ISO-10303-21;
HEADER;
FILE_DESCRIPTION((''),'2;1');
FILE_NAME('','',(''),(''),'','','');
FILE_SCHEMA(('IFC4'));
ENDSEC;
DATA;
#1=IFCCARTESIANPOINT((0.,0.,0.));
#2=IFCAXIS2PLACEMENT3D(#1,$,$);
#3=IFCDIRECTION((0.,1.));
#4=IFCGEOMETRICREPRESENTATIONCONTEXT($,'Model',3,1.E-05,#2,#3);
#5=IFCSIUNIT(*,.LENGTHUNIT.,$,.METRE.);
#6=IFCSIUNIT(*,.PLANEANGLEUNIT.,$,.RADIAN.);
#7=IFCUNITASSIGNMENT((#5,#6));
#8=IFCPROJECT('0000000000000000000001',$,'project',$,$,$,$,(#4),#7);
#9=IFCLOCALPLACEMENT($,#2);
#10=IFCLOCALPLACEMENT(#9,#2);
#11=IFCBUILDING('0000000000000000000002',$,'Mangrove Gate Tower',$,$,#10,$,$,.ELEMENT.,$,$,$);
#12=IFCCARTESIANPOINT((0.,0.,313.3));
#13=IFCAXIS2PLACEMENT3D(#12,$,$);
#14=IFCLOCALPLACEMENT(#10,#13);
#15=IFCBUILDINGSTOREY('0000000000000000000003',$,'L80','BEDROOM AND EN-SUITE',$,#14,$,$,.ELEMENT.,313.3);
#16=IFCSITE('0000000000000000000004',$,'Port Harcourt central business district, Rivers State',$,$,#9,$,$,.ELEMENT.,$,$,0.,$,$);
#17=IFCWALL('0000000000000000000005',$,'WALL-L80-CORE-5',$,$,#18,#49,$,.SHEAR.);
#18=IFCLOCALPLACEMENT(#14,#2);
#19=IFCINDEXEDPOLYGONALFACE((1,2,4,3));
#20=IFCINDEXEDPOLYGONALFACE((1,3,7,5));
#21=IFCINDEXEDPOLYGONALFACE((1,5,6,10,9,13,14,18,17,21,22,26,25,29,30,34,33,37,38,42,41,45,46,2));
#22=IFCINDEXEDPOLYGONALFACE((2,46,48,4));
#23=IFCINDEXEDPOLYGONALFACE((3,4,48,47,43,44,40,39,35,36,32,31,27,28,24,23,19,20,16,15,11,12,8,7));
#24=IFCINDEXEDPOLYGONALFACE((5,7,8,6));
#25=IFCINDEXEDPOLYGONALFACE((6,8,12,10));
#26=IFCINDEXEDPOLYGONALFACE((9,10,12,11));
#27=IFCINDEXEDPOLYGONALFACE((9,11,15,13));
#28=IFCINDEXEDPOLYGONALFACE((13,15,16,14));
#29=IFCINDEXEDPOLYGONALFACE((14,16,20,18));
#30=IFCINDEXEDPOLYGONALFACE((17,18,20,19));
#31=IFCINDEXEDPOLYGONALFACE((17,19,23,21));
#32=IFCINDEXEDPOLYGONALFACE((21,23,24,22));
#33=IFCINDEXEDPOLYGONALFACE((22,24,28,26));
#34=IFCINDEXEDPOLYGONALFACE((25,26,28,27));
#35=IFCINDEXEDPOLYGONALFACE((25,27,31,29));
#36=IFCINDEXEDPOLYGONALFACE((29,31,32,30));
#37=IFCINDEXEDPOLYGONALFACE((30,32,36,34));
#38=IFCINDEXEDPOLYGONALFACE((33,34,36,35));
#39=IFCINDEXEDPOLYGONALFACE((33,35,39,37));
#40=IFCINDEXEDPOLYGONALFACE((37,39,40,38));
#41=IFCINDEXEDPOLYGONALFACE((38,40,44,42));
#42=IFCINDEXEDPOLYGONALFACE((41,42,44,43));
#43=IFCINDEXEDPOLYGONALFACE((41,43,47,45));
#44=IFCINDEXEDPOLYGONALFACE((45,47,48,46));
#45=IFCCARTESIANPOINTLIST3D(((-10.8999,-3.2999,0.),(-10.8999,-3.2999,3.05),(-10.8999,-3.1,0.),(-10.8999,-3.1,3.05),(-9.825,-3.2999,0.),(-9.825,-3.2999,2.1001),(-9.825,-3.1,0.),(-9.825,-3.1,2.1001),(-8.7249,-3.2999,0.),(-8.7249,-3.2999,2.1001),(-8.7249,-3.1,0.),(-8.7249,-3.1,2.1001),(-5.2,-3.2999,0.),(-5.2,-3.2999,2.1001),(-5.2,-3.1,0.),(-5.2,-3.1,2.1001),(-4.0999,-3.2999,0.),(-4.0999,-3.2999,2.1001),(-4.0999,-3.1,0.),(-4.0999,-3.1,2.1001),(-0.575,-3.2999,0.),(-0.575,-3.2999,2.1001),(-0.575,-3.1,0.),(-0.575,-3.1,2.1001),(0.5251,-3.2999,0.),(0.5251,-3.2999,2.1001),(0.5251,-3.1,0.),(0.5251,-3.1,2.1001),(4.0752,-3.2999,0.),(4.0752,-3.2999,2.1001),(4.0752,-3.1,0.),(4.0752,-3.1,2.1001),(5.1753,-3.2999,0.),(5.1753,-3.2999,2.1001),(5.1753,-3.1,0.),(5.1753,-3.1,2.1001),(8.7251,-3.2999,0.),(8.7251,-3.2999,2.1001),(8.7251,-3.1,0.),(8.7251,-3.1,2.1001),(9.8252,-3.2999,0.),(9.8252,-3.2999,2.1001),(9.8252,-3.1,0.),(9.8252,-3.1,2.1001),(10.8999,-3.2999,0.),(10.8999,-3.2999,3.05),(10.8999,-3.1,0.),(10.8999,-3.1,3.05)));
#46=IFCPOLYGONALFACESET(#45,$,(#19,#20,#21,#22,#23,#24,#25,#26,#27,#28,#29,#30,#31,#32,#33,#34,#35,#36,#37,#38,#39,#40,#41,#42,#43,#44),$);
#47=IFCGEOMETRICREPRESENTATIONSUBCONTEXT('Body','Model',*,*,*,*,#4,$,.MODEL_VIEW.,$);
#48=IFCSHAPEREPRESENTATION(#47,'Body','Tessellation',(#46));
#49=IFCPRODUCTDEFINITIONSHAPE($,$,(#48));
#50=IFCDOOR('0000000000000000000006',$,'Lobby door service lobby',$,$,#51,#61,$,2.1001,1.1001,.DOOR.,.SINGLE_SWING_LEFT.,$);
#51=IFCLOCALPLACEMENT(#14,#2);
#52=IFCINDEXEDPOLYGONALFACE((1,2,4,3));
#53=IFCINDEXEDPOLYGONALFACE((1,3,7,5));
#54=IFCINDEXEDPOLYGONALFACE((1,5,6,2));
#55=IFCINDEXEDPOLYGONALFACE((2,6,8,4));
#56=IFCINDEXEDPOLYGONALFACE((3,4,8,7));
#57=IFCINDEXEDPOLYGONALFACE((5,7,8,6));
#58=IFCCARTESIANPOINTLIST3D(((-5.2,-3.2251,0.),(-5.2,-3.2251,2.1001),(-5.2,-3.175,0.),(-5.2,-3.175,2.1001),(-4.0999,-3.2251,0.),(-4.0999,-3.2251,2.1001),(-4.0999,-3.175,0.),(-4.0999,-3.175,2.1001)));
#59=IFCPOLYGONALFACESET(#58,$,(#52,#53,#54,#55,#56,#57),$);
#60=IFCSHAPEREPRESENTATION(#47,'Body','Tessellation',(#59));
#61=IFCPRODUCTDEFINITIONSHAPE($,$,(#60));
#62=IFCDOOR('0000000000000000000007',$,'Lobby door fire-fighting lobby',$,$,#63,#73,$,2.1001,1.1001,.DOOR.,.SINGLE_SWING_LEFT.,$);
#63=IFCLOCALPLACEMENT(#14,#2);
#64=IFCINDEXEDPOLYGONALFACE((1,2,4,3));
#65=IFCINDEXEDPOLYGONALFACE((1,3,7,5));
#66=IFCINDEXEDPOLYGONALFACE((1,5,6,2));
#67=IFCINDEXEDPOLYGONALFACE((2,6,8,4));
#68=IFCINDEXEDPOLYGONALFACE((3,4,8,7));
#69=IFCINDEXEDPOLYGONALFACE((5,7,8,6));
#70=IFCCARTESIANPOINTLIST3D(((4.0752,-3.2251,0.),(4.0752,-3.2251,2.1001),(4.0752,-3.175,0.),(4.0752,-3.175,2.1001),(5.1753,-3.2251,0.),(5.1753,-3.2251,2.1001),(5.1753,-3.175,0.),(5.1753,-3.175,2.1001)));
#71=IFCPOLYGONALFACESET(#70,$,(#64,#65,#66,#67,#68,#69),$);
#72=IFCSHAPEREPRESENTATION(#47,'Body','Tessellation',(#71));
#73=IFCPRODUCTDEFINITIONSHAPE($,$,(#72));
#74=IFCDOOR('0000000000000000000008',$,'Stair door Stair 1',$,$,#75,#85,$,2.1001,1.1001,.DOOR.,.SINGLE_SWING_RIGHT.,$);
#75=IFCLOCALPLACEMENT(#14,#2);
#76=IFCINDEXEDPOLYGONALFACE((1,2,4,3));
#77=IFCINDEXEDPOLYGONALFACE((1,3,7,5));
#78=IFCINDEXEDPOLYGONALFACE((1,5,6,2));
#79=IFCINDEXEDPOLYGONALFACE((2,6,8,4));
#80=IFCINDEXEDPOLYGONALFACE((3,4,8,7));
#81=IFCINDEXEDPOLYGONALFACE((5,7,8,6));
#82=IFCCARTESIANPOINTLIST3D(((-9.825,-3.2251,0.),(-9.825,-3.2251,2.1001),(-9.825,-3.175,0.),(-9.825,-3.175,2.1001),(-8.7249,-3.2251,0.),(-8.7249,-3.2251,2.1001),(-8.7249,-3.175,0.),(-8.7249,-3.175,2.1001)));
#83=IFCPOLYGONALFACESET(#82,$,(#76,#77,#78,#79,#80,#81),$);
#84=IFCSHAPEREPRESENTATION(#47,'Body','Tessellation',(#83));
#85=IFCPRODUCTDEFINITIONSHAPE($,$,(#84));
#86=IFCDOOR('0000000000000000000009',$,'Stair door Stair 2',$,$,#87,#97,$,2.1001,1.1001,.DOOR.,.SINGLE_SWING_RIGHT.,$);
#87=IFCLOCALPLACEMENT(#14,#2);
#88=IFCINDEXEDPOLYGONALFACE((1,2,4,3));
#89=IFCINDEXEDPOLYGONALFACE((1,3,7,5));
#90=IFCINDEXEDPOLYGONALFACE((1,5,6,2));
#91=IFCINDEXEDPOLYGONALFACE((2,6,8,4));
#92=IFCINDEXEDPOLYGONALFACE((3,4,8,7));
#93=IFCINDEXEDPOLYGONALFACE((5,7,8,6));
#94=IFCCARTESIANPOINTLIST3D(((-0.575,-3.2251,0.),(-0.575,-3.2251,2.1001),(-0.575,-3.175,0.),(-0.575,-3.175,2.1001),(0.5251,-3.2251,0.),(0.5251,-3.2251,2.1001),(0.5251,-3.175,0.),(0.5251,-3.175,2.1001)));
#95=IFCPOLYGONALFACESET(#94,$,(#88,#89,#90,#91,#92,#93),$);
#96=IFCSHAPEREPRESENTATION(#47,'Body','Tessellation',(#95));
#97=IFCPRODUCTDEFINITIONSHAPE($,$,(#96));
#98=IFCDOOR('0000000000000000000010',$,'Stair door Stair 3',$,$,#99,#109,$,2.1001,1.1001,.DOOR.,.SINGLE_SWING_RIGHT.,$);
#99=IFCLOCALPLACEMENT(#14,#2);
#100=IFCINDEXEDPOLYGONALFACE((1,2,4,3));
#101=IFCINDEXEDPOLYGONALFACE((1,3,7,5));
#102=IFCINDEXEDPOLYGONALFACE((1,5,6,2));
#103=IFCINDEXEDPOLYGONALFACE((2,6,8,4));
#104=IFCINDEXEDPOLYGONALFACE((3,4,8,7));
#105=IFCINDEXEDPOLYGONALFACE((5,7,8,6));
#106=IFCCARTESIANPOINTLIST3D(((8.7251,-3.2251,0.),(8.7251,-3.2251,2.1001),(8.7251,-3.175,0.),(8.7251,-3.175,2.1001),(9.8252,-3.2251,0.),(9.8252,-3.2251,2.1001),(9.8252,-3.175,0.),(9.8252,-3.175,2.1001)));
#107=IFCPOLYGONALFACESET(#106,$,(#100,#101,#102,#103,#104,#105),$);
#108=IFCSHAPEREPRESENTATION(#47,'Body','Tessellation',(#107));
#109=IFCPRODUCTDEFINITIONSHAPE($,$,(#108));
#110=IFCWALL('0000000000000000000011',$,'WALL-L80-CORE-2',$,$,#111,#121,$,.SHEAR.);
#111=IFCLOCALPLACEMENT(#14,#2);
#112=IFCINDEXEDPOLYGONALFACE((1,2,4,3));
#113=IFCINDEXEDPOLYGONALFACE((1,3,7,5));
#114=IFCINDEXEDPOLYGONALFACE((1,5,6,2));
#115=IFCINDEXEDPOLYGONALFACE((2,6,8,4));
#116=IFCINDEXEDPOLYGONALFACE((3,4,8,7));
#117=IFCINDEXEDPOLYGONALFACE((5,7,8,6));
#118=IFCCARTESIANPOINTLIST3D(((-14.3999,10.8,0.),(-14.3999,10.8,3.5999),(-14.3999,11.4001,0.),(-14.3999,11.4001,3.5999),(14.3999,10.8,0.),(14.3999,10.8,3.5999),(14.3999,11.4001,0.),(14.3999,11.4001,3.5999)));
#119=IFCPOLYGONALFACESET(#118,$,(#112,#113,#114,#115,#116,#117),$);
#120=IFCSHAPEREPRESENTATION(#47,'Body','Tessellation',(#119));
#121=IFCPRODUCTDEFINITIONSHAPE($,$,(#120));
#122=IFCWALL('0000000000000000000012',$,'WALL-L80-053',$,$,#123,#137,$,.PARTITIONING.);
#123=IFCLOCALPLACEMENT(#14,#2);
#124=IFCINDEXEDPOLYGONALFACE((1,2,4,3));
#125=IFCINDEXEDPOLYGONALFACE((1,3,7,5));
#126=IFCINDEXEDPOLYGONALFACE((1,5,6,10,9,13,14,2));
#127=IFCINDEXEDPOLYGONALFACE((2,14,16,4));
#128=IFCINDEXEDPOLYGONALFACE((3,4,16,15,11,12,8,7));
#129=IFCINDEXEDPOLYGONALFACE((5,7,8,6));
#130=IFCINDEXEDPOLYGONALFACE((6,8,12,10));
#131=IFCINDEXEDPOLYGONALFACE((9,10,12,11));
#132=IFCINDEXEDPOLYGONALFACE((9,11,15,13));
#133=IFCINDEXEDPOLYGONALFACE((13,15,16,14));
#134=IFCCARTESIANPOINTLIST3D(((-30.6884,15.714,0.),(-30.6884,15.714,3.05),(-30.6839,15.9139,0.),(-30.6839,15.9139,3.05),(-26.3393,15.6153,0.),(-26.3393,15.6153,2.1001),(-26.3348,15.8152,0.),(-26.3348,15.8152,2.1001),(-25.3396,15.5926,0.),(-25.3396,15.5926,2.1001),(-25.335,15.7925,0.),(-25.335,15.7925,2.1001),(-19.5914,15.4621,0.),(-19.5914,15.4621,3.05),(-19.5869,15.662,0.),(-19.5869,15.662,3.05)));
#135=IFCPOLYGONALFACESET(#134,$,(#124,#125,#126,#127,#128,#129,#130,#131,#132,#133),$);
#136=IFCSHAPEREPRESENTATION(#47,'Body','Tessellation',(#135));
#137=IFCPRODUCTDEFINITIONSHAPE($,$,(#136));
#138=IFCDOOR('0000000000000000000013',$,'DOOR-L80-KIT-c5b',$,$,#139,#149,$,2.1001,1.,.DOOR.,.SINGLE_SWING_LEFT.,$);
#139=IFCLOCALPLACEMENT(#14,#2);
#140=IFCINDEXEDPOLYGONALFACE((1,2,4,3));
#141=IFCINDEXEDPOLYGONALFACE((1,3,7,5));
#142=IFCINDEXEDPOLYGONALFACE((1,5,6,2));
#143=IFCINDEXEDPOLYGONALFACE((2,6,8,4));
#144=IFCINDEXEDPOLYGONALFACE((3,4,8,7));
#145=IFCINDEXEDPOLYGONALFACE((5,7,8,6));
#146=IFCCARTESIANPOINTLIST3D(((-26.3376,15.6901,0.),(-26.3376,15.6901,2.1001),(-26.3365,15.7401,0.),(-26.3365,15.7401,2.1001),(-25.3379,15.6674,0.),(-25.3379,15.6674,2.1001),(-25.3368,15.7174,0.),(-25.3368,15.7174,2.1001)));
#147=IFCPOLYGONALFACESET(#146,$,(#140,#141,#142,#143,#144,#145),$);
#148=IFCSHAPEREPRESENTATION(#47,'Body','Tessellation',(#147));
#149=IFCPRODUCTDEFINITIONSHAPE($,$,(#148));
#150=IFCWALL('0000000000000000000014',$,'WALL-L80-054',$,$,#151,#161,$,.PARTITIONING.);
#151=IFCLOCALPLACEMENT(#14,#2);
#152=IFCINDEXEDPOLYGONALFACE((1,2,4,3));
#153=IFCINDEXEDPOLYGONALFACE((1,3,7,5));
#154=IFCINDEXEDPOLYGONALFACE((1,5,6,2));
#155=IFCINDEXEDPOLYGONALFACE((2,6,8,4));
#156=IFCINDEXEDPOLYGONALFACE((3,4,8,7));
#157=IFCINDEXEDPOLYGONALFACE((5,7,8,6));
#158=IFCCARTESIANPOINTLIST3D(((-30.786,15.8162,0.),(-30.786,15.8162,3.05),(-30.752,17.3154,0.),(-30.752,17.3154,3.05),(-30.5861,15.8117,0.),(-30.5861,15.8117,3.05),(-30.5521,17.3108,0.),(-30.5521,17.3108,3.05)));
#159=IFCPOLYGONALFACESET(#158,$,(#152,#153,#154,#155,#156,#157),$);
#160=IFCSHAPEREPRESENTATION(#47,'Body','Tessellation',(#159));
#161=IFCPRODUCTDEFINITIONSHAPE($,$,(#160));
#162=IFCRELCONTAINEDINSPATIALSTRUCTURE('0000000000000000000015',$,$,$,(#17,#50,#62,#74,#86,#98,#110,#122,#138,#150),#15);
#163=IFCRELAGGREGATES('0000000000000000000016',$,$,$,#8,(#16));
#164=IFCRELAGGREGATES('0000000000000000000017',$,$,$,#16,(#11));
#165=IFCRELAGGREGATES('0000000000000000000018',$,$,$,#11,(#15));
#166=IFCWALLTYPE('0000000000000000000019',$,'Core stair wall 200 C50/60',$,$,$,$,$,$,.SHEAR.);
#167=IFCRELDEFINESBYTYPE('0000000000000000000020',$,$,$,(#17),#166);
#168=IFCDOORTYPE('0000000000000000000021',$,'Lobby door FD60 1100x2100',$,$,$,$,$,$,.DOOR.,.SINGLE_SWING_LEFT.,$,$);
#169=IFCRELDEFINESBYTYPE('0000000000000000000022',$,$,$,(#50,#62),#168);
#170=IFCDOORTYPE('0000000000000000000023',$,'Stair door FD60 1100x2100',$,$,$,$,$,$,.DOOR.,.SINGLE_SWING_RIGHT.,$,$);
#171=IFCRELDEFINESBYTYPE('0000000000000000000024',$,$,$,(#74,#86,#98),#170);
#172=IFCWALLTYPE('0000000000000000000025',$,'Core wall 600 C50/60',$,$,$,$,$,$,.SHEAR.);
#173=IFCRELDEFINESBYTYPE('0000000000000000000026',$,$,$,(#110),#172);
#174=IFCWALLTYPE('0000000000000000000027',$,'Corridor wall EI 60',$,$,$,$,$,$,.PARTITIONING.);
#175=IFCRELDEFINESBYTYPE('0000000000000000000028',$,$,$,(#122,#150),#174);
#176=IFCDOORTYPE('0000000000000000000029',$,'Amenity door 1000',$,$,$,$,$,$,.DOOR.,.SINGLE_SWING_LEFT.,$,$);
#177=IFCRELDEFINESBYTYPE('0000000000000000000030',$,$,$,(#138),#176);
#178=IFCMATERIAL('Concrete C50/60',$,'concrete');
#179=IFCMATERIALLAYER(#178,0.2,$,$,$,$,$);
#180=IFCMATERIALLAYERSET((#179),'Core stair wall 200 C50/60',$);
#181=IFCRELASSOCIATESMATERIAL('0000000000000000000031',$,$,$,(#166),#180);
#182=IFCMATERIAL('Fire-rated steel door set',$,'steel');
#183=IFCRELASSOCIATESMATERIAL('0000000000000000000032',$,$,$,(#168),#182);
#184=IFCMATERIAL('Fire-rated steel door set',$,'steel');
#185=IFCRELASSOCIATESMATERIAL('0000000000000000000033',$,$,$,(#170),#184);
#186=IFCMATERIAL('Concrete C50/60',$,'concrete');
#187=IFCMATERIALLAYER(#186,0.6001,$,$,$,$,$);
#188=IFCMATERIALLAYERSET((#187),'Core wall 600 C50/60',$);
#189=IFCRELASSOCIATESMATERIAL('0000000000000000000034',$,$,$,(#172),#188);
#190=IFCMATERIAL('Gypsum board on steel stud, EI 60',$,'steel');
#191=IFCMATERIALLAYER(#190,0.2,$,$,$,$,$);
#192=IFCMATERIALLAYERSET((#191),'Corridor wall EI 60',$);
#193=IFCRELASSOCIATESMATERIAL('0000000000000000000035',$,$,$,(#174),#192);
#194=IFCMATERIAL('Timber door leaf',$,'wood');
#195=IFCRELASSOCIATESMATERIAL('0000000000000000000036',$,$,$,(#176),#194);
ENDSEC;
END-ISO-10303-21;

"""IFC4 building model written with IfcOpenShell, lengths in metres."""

from ifc_helpers import new_model, si_unit, direction, frame, frame_2d, origin, place, context, subcontext, project, spatial, rectangle, extrude, material, layer, layer_set, type_object, element, fill, save


model = new_model("IFC4")

# Units and contexts
model_context = context("Model", 3, precision=1e-05, world=origin(), true_north=direction((0.0, 1.0)))
body_context = subcontext(model_context, "Body", "Model", "MODEL_VIEW")
ifc_project = project(units=[si_unit("LENGTHUNIT", "METRE"), si_unit("PLANEANGLEUNIT", "RADIAN")], contexts=[model_context])

# Site, building, storey
site_placement = place(None, origin())
site = spatial("IfcSite", under=ifc_project, at=site_placement, Name="Port Harcourt central business district, Rivers State", CompositionType="ELEMENT", RefElevation=0.0)
building_placement = place(site_placement, origin())
building = spatial("IfcBuilding", under=site, at=building_placement, Name="Mangrove Gate Tower", CompositionType="ELEMENT")
storey_placement = place(building_placement, frame((0.0, 0.0, 313.3)))
storey = spatial("IfcBuildingStorey", under=building, at=storey_placement, Name="L80", Description="BEDROOM AND EN-SUITE", CompositionType="ELEMENT", Elevation=313.3)

# Wall, openings, doors
ifc_material_1 = material(Name="Concrete C50/60", Category="concrete")
ifc_layer_1 = layer(ifc_material_1, 0.2)
ifc_layer_set_1 = layer_set([ifc_layer_1], Name="Core stair wall 200 C50/60")
wall_type_1 = type_object("IfcWallType", Name="Core stair wall 200 C50/60", PredefinedType="SHEAR", material=ifc_layer_set_1)
wall_1_placement = place(storey_placement, frame((-10.8999, -3.2, 0.0), z_axis=(0.0, 0.0, 1.0), x_axis=(1.0, 0.0, 0.0)))
wall_1 = element("IfcWall", 1, at=wall_1_placement, inside=storey, type_object=wall_type_1, Name="WALL-L80-CORE-5", PredefinedType="SHEAR", context=body_context, shape_type="SweptSolid", body=[
    extrude(rectangle(XDim=21.7998, YDim=0.2, at=frame_2d((10.8999, 0.0))), origin(), (0.0, 0.0, 1.0), 3.05),
])
opening_1_placement = place(wall_1_placement, frame((1.075, 0.0, 0.0)))
opening_1 = element("IfcOpeningElement", 2, at=opening_1_placement, cuts=wall_1, PredefinedType="OPENING", context=body_context, shape_type="SweptSolid", body=[
    extrude(rectangle(XDim=1.1001, YDim=2.1001, at=frame_2d((0.55, 1.05))), frame((0.0, 0.1099, 0.0), z_axis=(0.0, -1.0, 0.0), x_axis=(1.0, 0.0, 0.0)), (0.0, 0.0, 1.0), 0.22),
])
opening_2_placement = place(wall_1_placement, frame((10.325, 0.0, 0.0)))
opening_2 = element("IfcOpeningElement", 3, at=opening_2_placement, cuts=wall_1, PredefinedType="OPENING", context=body_context, shape_type="SweptSolid", body=[
    extrude(rectangle(XDim=1.1001, YDim=2.1001, at=frame_2d((0.55, 1.05))), frame((0.0, 0.1099, 0.0), z_axis=(0.0, -1.0, 0.0), x_axis=(1.0, 0.0, 0.0)), (0.0, 0.0, 1.0), 0.22),
])
opening_3_placement = place(wall_1_placement, frame((19.625, 0.0, 0.0)))
opening_3 = element("IfcOpeningElement", 4, at=opening_3_placement, cuts=wall_1, PredefinedType="OPENING", context=body_context, shape_type="SweptSolid", body=[
    extrude(rectangle(XDim=1.1001, YDim=2.1001, at=frame_2d((0.55, 1.05))), frame((0.0, 0.1099, 0.0), z_axis=(0.0, -1.0, 0.0), x_axis=(1.0, 0.0, 0.0)), (0.0, 0.0, 1.0), 0.22),
])
opening_4_placement = place(wall_1_placement, frame((5.7, 0.0, 0.0)))
opening_4 = element("IfcOpeningElement", 5, at=opening_4_placement, cuts=wall_1, PredefinedType="OPENING", context=body_context, shape_type="SweptSolid", body=[
    extrude(rectangle(XDim=1.1001, YDim=2.1001, at=frame_2d((0.55, 1.05))), frame((0.0, 0.1099, 0.0), z_axis=(0.0, -1.0, 0.0), x_axis=(1.0, 0.0, 0.0)), (0.0, 0.0, 1.0), 0.22),
])
opening_5_placement = place(wall_1_placement, frame((14.9751, 0.0, 0.0)))
opening_5 = element("IfcOpeningElement", 6, at=opening_5_placement, cuts=wall_1, PredefinedType="OPENING", context=body_context, shape_type="SweptSolid", body=[
    extrude(rectangle(XDim=1.1001, YDim=2.1001, at=frame_2d((0.55, 1.05))), frame((0.0, 0.1099, 0.0), z_axis=(0.0, -1.0, 0.0), x_axis=(1.0, 0.0, 0.0)), (0.0, 0.0, 1.0), 0.22),
])
ifc_material_2 = material(Name="Fire-rated steel door set", Category="steel")
door_type_1 = type_object("IfcDoorType", Name="Lobby door FD60 1100x2100", OperationType="SINGLE_SWING_LEFT", PredefinedType="DOOR", material=ifc_material_2)
door_1_placement = place(opening_4_placement, origin())
door_1 = element("IfcDoor", 7, at=door_1_placement, inside=storey, type_object=door_type_1, Name="Lobby door service lobby", OperationType="SINGLE_SWING_LEFT", OverallHeight=2.1001, OverallWidth=1.1001, PredefinedType="DOOR", context=body_context, shape_type="SweptSolid", body=[
    extrude(rectangle(XDim=1.1001, YDim=2.1001, at=frame_2d((0.55, 1.05))), frame((0.0, 0.0249, 0.0), z_axis=(0.0, -1.0, 0.0), x_axis=(1.0, 0.0, 0.0)), (0.0, 0.0, 1.0), 0.05),
])
fill(opening_4, door_1)
door_2_placement = place(opening_5_placement, origin())
door_2 = element("IfcDoor", 8, at=door_2_placement, inside=storey, type_object=door_type_1, Name="Lobby door fire-fighting lobby", OperationType="SINGLE_SWING_LEFT", OverallHeight=2.1001, OverallWidth=1.1001, PredefinedType="DOOR", context=body_context, shape_type="SweptSolid", body=[
    extrude(rectangle(XDim=1.1001, YDim=2.1001, at=frame_2d((0.55, 1.05))), frame((0.0, 0.0249, 0.0), z_axis=(0.0, -1.0, 0.0), x_axis=(1.0, 0.0, 0.0)), (0.0, 0.0, 1.0), 0.05),
])
fill(opening_5, door_2)
ifc_material_3 = material(Name="Fire-rated steel door set", Category="steel")
door_type_2 = type_object("IfcDoorType", Name="Stair door FD60 1100x2100", OperationType="SINGLE_SWING_RIGHT", PredefinedType="DOOR", material=ifc_material_3)
door_3_placement = place(opening_1_placement, origin())
door_3 = element("IfcDoor", 9, at=door_3_placement, inside=storey, type_object=door_type_2, Name="Stair door Stair 1", OperationType="SINGLE_SWING_RIGHT", OverallHeight=2.1001, OverallWidth=1.1001, PredefinedType="DOOR", context=body_context, shape_type="SweptSolid", body=[
    extrude(rectangle(XDim=1.1001, YDim=2.1001, at=frame_2d((0.55, 1.05))), frame((0.0, 0.0249, 0.0), z_axis=(0.0, -1.0, 0.0), x_axis=(1.0, 0.0, 0.0)), (0.0, 0.0, 1.0), 0.05),
])
fill(opening_1, door_3)
door_4_placement = place(opening_2_placement, origin())
door_4 = element("IfcDoor", 10, at=door_4_placement, inside=storey, type_object=door_type_2, Name="Stair door Stair 2", OperationType="SINGLE_SWING_RIGHT", OverallHeight=2.1001, OverallWidth=1.1001, PredefinedType="DOOR", context=body_context, shape_type="SweptSolid", body=[
    extrude(rectangle(XDim=1.1001, YDim=2.1001, at=frame_2d((0.55, 1.05))), frame((0.0, 0.0249, 0.0), z_axis=(0.0, -1.0, 0.0), x_axis=(1.0, 0.0, 0.0)), (0.0, 0.0, 1.0), 0.05),
])
fill(opening_2, door_4)
door_5_placement = place(opening_3_placement, origin())
door_5 = element("IfcDoor", 11, at=door_5_placement, inside=storey, type_object=door_type_2, Name="Stair door Stair 3", OperationType="SINGLE_SWING_RIGHT", OverallHeight=2.1001, OverallWidth=1.1001, PredefinedType="DOOR", context=body_context, shape_type="SweptSolid", body=[
    extrude(rectangle(XDim=1.1001, YDim=2.1001, at=frame_2d((0.55, 1.05))), frame((0.0, 0.0249, 0.0), z_axis=(0.0, -1.0, 0.0), x_axis=(1.0, 0.0, 0.0)), (0.0, 0.0, 1.0), 0.05),
])
fill(opening_3, door_5)

# Wall
ifc_material_4 = material(Name="Concrete C50/60", Category="concrete")
ifc_layer_2 = layer(ifc_material_4, 0.6001)
ifc_layer_set_2 = layer_set([ifc_layer_2], Name="Core wall 600 C50/60")
wall_type_2 = type_object("IfcWallType", Name="Core wall 600 C50/60", PredefinedType="SHEAR", material=ifc_layer_set_2)
wall_2_placement = place(storey_placement, frame((-14.3999, 11.1001, 0.0), z_axis=(0.0, 0.0, 1.0), x_axis=(1.0, 0.0, 0.0)))
element("IfcWall", 12, at=wall_2_placement, inside=storey, type_object=wall_type_2, Name="WALL-L80-CORE-2", PredefinedType="SHEAR", context=body_context, shape_type="SweptSolid", body=[
    extrude(rectangle(XDim=28.7998, YDim=0.6001, at=frame_2d((14.3999, 0.0))), origin(), (0.0, 0.0, 1.0), 3.5999),
])

# Wall, opening, door
ifc_material_5 = material(Name="Gypsum board on steel stud, EI 60", Category="steel")
ifc_layer_3 = layer(ifc_material_5, 0.2)
ifc_layer_set_3 = layer_set([ifc_layer_3], Name="Corridor wall EI 60")
wall_type_3 = type_object("IfcWallType", Name="Corridor wall EI 60", PredefinedType="PARTITIONING", material=ifc_layer_set_3)
wall_3_placement = place(storey_placement, frame((-30.686, 15.814, 0.0), z_axis=(0.0, 0.0, 1.0), x_axis=(0.999742, -0.022699, 0.0)))
wall_3 = element("IfcWall", 13, at=wall_3_placement, inside=storey, type_object=wall_type_3, Name="WALL-L80-053", PredefinedType="PARTITIONING", context=body_context, shape_type="SweptSolid", body=[
    extrude(rectangle(XDim=11.0999, YDim=0.2, at=frame_2d((5.5498, 0.0))), origin(), (0.0, 0.0, 1.0), 3.05),
])
opening_6_placement = place(wall_3_placement, frame((4.3501, 0.0, 0.0)))
opening_6 = element("IfcOpeningElement", 14, at=opening_6_placement, cuts=wall_3, PredefinedType="OPENING", context=body_context, shape_type="SweptSolid", body=[
    extrude(rectangle(XDim=1.0, YDim=2.1001, at=frame_2d((0.5, 1.05))), frame((0.0, 0.1099, 0.0), z_axis=(0.0, -1.0, 0.0), x_axis=(1.0, 0.0, 0.0)), (0.0, 0.0, 1.0), 0.22),
])
ifc_material_6 = material(Name="Timber door leaf", Category="wood")
door_type_3 = type_object("IfcDoorType", Name="Amenity door 1000", OperationType="SINGLE_SWING_LEFT", PredefinedType="DOOR", material=ifc_material_6)
door_6_placement = place(opening_6_placement, origin())
door_6 = element("IfcDoor", 15, at=door_6_placement, inside=storey, type_object=door_type_3, Name="DOOR-L80-KIT-c5b", OperationType="SINGLE_SWING_LEFT", OverallHeight=2.1001, OverallWidth=1.0, PredefinedType="DOOR", context=body_context, shape_type="SweptSolid", body=[
    extrude(rectangle(XDim=1.0, YDim=2.1001, at=frame_2d((0.5, 1.05))), frame((0.0, 0.0249, 0.0), z_axis=(0.0, -1.0, 0.0), x_axis=(1.0, 0.0, 0.0)), (0.0, 0.0, 1.0), 0.05),
])
fill(opening_6, door_6)

# Wall
wall_4_placement = place(storey_placement, frame((-30.686, 15.814, 0.0), z_axis=(0.0, 0.0, 1.0), x_axis=(0.022633, 0.999744, 0.0)))
element("IfcWall", 16, at=wall_4_placement, inside=storey, type_object=wall_type_3, Name="WALL-L80-054", PredefinedType="PARTITIONING", context=body_context, shape_type="SweptSolid", body=[
    extrude(rectangle(XDim=1.4995, YDim=0.2, at=frame_2d((0.7498, 0.0))), origin(), (0.0, 0.0, 1.0), 3.05),
])

save(model, "model.ifc")
